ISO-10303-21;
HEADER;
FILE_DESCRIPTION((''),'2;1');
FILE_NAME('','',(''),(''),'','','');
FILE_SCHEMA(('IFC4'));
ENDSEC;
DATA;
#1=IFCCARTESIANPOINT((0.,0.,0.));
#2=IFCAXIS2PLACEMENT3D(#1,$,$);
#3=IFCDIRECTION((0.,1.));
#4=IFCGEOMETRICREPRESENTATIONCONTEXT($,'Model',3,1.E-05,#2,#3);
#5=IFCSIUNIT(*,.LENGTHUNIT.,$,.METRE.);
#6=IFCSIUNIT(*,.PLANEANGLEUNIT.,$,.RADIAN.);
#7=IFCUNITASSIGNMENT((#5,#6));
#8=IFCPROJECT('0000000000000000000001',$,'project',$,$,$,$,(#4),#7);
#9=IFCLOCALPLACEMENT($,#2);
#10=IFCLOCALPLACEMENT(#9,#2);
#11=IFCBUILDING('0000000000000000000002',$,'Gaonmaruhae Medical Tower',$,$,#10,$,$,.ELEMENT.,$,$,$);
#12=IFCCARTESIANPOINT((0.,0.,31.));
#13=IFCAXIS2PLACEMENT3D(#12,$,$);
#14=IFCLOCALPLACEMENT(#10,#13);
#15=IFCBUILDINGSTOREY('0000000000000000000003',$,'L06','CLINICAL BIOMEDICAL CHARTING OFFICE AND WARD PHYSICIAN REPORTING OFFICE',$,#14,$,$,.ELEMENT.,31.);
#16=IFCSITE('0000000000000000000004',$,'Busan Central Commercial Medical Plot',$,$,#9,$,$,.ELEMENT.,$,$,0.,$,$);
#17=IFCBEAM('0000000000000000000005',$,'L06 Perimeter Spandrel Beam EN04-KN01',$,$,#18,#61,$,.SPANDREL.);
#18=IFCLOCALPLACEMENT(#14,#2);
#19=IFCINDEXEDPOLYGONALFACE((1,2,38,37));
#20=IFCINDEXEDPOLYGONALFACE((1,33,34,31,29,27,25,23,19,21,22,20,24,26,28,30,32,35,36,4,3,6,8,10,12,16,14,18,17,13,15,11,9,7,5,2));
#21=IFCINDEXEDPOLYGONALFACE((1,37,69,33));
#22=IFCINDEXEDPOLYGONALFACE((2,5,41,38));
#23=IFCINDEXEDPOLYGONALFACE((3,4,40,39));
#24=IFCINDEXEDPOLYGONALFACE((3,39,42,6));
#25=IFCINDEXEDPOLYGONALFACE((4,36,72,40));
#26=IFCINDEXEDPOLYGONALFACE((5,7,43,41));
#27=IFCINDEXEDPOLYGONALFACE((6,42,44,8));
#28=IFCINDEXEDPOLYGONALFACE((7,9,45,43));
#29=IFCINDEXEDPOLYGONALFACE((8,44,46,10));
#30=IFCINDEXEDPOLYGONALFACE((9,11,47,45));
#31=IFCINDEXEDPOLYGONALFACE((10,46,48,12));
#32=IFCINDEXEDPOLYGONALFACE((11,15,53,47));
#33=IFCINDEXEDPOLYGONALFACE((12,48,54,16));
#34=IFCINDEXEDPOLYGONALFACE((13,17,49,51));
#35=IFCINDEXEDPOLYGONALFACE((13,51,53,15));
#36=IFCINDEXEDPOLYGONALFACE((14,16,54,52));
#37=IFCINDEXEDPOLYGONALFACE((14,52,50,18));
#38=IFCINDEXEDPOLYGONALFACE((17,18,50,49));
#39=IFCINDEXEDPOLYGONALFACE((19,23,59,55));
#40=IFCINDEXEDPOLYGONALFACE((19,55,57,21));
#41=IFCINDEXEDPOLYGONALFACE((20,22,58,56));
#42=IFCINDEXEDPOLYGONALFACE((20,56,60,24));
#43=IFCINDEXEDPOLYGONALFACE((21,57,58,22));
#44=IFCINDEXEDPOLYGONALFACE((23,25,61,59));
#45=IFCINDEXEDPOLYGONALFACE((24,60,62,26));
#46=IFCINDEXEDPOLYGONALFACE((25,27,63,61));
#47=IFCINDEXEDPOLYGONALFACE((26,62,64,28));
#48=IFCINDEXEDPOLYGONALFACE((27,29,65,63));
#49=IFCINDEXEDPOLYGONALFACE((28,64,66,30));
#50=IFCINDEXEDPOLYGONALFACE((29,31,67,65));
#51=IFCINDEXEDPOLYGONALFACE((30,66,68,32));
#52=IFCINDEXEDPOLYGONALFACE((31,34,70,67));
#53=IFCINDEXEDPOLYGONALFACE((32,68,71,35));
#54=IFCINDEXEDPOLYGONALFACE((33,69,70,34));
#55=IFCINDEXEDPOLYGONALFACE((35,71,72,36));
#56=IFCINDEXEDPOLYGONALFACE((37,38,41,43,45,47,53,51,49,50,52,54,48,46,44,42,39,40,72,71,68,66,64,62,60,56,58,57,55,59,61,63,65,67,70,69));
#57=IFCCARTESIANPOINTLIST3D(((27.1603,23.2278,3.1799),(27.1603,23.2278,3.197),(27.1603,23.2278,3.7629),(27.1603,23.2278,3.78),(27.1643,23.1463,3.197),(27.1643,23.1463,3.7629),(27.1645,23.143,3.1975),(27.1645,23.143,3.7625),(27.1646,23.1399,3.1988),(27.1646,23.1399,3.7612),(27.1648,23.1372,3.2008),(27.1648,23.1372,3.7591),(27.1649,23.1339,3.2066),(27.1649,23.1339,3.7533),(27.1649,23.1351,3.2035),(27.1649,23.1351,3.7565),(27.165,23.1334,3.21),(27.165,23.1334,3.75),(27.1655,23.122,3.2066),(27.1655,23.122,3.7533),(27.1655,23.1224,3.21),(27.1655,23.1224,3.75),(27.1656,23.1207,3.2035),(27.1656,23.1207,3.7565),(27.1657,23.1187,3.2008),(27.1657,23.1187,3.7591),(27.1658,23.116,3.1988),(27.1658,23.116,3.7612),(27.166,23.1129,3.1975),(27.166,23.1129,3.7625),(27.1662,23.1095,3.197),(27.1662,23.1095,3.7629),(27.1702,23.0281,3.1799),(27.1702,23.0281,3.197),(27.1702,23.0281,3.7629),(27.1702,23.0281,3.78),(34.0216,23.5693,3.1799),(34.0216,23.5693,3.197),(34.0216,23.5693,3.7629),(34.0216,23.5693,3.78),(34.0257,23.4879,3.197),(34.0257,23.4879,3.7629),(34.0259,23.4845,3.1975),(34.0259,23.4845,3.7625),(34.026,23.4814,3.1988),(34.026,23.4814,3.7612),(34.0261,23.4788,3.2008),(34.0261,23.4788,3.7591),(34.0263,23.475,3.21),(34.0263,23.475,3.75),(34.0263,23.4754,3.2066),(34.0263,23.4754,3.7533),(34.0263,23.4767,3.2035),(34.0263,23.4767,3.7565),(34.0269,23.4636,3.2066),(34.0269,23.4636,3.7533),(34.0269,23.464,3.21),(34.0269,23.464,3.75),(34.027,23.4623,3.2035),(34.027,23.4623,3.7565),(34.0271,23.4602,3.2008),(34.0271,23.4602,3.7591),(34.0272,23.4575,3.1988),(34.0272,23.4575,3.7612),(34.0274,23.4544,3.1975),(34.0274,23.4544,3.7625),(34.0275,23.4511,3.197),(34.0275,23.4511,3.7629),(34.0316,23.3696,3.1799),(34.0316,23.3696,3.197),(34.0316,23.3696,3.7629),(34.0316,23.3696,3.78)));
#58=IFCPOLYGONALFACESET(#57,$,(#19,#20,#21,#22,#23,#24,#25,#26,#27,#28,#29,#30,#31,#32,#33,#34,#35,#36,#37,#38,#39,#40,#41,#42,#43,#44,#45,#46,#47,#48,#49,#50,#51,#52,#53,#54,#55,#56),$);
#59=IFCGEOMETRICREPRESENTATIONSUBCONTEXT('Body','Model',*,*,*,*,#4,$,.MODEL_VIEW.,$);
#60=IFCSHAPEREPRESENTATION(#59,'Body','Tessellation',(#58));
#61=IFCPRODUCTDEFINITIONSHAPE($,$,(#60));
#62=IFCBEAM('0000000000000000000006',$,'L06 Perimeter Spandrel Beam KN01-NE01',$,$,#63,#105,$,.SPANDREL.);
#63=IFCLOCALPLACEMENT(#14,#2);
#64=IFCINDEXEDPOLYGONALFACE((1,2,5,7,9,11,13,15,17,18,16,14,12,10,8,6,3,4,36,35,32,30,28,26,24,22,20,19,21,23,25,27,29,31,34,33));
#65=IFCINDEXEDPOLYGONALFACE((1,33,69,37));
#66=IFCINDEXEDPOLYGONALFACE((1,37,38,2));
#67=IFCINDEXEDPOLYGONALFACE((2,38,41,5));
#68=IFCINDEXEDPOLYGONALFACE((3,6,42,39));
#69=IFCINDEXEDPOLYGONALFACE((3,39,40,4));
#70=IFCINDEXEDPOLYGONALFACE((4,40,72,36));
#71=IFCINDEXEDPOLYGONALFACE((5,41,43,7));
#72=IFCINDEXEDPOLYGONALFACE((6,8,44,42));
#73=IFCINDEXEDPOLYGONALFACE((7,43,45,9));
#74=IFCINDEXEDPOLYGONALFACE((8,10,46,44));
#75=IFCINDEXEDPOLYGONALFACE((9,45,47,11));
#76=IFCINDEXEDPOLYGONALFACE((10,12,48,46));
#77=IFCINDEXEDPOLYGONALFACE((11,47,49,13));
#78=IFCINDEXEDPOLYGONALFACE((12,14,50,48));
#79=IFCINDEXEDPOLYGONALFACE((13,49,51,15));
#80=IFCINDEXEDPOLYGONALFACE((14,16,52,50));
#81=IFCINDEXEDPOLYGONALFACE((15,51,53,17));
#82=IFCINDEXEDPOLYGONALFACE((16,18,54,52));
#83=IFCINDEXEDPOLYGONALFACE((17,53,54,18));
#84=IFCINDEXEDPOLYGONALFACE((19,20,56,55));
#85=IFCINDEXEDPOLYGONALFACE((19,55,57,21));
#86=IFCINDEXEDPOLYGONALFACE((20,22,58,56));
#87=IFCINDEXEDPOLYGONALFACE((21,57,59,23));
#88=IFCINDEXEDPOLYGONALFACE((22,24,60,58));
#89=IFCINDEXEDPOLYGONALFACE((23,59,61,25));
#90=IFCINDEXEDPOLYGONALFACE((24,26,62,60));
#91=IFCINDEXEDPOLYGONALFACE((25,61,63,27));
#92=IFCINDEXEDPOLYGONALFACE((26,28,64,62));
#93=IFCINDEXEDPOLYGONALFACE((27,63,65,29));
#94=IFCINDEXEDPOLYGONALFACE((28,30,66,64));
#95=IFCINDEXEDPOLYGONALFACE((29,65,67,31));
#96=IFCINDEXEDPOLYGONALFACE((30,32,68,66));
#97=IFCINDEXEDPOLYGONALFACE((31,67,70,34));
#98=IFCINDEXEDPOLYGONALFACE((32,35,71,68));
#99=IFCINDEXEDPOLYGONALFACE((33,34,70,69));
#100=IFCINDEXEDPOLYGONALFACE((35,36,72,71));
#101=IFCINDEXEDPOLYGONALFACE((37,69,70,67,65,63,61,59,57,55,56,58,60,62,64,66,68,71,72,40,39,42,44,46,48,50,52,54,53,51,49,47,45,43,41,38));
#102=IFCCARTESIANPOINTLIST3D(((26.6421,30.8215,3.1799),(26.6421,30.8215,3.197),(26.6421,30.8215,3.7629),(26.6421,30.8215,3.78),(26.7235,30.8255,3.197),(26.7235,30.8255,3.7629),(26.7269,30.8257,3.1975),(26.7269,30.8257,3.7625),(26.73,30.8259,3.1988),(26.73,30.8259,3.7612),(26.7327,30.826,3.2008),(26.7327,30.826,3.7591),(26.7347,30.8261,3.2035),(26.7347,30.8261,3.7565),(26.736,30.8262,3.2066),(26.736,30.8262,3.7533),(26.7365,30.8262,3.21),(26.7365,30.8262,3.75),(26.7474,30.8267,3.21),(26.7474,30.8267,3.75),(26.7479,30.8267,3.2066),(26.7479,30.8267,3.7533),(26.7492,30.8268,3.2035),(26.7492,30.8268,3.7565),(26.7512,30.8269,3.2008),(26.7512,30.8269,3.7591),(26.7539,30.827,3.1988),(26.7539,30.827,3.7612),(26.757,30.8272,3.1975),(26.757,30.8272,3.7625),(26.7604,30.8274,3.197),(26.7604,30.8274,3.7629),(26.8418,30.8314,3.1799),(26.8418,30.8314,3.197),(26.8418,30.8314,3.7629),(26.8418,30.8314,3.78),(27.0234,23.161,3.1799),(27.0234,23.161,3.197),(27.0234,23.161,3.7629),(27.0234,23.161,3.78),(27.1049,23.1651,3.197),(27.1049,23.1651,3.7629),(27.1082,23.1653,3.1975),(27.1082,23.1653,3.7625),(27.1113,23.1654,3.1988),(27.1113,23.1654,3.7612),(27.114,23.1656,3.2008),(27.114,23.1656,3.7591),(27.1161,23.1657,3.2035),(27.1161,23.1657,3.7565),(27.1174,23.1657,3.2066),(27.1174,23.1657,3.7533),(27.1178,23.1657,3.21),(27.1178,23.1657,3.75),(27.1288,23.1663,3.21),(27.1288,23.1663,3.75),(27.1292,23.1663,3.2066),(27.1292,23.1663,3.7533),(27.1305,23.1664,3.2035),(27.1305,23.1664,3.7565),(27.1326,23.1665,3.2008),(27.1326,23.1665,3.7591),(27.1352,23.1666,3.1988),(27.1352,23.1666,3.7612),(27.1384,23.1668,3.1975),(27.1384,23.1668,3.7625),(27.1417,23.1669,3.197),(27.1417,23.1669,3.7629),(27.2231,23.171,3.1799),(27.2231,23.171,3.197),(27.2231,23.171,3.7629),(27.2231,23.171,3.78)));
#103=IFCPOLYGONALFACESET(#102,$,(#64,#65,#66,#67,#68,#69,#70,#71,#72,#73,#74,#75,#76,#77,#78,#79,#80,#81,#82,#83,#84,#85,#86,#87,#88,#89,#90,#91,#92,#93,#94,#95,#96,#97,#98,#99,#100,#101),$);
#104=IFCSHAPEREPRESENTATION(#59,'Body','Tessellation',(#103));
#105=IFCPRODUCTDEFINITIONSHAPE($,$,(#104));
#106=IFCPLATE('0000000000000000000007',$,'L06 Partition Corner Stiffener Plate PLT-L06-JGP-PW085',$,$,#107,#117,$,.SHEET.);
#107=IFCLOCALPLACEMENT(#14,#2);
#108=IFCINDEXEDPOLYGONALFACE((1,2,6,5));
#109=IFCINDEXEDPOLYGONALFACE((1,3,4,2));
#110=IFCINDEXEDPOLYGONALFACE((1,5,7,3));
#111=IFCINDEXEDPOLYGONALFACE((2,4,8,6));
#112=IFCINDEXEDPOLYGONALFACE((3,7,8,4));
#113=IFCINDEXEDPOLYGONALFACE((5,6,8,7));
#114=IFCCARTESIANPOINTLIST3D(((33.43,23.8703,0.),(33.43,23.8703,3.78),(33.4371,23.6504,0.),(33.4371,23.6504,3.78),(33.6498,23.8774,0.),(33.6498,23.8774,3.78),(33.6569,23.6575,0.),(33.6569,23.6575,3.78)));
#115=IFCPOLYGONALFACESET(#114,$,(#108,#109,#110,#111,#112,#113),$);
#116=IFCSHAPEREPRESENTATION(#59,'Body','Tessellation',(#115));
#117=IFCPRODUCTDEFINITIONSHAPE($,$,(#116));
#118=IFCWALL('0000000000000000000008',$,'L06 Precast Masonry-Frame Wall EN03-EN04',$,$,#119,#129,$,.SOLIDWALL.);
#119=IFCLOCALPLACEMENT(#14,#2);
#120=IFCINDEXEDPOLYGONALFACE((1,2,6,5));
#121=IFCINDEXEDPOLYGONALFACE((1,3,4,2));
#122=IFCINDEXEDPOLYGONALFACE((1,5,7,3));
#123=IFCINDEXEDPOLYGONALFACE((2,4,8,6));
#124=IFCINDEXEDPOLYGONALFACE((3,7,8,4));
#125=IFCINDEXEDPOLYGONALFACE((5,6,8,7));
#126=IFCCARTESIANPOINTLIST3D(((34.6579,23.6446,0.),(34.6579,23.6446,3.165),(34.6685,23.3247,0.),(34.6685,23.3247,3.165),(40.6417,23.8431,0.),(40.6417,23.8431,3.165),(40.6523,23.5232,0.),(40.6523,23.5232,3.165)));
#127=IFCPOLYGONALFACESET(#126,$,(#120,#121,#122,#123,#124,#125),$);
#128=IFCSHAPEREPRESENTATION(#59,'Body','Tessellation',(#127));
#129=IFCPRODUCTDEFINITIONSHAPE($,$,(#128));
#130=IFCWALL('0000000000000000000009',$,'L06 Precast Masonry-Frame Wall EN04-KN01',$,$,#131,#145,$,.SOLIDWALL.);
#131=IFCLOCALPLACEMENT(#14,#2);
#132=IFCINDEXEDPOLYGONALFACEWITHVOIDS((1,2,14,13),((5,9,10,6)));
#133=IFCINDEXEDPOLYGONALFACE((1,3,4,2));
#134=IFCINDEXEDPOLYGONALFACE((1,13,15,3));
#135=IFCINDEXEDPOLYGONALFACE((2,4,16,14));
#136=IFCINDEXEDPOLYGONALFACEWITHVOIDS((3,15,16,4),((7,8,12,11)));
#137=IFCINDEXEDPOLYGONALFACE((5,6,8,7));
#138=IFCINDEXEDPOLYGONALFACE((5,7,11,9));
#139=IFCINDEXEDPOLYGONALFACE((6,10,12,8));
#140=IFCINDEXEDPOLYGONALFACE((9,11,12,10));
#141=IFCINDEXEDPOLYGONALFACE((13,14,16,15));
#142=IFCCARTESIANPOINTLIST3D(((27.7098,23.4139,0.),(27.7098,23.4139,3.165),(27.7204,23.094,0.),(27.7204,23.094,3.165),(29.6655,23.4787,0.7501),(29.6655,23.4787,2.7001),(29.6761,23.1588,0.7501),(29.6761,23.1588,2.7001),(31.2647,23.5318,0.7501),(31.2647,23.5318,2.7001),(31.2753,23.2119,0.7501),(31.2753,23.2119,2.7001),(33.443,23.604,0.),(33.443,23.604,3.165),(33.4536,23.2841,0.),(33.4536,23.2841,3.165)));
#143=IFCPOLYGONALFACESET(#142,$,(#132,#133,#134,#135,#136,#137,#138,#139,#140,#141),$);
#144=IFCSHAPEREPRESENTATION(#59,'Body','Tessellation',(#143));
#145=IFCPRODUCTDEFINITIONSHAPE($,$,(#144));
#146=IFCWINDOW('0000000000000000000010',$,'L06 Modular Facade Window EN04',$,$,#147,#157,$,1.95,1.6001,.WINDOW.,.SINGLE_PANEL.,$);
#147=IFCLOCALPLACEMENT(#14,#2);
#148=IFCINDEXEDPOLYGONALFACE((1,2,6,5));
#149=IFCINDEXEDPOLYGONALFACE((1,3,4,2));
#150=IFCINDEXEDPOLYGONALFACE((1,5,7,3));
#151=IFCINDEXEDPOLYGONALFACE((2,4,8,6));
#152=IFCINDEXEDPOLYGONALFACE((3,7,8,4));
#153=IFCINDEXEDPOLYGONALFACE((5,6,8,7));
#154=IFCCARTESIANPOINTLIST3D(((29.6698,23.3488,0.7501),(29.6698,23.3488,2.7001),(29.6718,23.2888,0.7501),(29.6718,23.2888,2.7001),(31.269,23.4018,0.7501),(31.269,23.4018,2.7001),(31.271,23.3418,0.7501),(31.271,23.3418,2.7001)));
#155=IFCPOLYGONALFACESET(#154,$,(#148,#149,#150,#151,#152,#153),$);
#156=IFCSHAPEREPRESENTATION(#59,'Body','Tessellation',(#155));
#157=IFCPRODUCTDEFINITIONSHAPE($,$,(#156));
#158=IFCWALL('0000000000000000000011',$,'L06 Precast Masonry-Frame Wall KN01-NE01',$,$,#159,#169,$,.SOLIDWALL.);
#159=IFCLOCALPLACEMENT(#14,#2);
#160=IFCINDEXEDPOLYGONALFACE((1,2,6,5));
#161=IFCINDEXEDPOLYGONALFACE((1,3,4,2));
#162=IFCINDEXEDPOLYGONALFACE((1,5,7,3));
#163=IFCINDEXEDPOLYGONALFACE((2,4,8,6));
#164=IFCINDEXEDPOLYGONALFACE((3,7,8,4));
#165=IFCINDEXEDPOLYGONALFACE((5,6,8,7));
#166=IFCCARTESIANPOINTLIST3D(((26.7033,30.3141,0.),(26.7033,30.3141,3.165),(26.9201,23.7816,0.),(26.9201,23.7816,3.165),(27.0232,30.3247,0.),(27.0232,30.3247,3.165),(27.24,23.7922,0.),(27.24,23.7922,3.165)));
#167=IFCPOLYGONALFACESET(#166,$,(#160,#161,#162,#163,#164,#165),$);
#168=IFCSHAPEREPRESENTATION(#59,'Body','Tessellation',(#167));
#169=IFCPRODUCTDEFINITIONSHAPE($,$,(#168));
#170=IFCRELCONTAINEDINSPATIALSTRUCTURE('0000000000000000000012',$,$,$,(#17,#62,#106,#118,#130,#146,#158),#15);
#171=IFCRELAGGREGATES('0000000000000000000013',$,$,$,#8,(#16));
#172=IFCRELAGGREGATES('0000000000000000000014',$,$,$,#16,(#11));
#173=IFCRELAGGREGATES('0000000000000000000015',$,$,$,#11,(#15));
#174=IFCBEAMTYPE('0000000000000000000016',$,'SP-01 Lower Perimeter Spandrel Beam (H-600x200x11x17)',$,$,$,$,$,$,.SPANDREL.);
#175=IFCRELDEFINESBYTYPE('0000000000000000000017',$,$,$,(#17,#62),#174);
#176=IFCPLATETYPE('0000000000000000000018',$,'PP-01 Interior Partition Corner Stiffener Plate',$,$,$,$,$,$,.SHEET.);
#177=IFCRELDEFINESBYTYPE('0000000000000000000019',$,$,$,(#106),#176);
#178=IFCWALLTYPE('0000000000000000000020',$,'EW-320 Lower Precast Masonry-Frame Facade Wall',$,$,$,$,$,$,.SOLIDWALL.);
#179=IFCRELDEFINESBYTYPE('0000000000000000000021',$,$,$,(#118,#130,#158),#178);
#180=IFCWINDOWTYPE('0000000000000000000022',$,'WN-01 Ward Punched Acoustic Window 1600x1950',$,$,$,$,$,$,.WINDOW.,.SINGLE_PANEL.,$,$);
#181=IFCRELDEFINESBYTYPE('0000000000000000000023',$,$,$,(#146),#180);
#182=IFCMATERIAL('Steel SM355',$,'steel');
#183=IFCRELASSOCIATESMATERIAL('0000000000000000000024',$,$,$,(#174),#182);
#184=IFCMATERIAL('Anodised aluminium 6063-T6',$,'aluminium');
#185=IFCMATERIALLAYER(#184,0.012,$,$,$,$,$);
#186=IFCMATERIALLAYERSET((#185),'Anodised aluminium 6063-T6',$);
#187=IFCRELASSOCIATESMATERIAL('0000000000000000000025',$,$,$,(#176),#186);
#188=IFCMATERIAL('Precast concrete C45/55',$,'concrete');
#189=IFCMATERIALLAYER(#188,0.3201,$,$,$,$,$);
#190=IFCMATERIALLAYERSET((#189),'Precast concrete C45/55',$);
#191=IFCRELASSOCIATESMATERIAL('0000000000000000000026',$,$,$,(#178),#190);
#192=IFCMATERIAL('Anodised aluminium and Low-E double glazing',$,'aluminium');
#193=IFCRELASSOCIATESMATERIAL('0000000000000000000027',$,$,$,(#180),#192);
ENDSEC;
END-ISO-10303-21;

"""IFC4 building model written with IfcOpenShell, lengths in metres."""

from ifc_helpers import new_model, si_unit, direction, frame, frame_2d, origin, origin_2d, place, context, subcontext, project, spatial, rectangle, i_section, extrude, material, layer, layer_set, material_profile, profile_set, type_object, element, fill, save


model = new_model("IFC4")

# Units and contexts
model_context = context("Model", 3, precision=1e-05, world=origin(), true_north=direction((0.0, 1.0)))
body_context = subcontext(model_context, "Body", "Model", "MODEL_VIEW")
ifc_project = project(units=[si_unit("LENGTHUNIT", "METRE"), si_unit("PLANEANGLEUNIT", "RADIAN")], contexts=[model_context])

# Site, building, storey
site_placement = place(None, origin())
site = spatial("IfcSite", under=ifc_project, at=site_placement, Name="Busan Central Commercial Medical Plot", CompositionType="ELEMENT", RefElevation=0.0)
building_placement = place(site_placement, origin())
building = spatial("IfcBuilding", under=site, at=building_placement, Name="Gaonmaruhae Medical Tower", CompositionType="ELEMENT")
storey_placement = place(building_placement, frame((0.0, 0.0, 31.0)))
storey = spatial("IfcBuildingStorey", under=building, at=storey_placement, Name="L06", Description="CLINICAL BIOMEDICAL CHARTING OFFICE AND WARD PHYSICIAN REPORTING OFFICE", CompositionType="ELEMENT", Elevation=31.0)

# Beams
ifc_material_1 = material(Name="Steel SM355", Category="steel")
ifc_material_profile_1 = material_profile(ifc_material_1, i_section(OverallWidth=0.2, OverallDepth=0.6001, WebThickness=0.011, FlangeThickness=0.0171, FilletRadius=0.0129, at=origin_2d()), Name="H-600x200x11x17")
ifc_profile_set_1 = profile_set([ifc_material_profile_1], Name="Steel SM355")
beam_type_1 = type_object("IfcBeamType", Name="SP-01 Lower Perimeter Spandrel Beam (H-600x200x11x17)", PredefinedType="SPANDREL", material=ifc_profile_set_1)
beam_1_placement = place(storey_placement, frame((34.0266, 23.4695, 3.48), z_axis=(-0.998763, -0.049718, 0.0), x_axis=(0.049718, -0.998763, 0.0)))
element("IfcBeam", 1, at=beam_1_placement, inside=storey, type_object=beam_type_1, Name="L06 Perimeter Spandrel Beam EN04-KN01", PredefinedType="SPANDREL", context=body_context, shape_type="SweptSolid", body=[
    extrude(i_section(OverallWidth=0.2, OverallDepth=0.6001, WebThickness=0.011, FlangeThickness=0.0171, FilletRadius=0.0129, at=origin_2d()), origin(), (0.0, 0.0, 1.0), 6.8699),
])
beam_2_placement = place(storey_placement, frame((27.1233, 23.166, 3.48), z_axis=(-0.04972, 0.998763, 0.0), x_axis=(-0.998763, -0.04972, 0.0)))
element("IfcBeam", 2, at=beam_2_placement, inside=storey, type_object=beam_type_1, Name="L06 Perimeter Spandrel Beam KN01-NE01", PredefinedType="SPANDREL", context=body_context, shape_type="SweptSolid", body=[
    extrude(i_section(OverallWidth=0.2, OverallDepth=0.6001, WebThickness=0.011, FlangeThickness=0.0171, FilletRadius=0.0129, at=origin_2d()), origin(), (0.0, 0.0, 1.0), 7.6699),
])

# Plate
ifc_material_2 = material(Name="Anodised aluminium 6063-T6", Category="aluminium")
ifc_layer_1 = layer(ifc_material_2, 0.012)
ifc_layer_set_1 = layer_set([ifc_layer_1], Name="Anodised aluminium 6063-T6")
plate_type = type_object("IfcPlateType", Name="PP-01 Interior Partition Corner Stiffener Plate", PredefinedType="SHEET", material=ifc_layer_set_1)
plate_placement = place(storey_placement, frame((33.5435, 23.7639, 0.0), z_axis=(0.0, 0.0, 1.0), x_axis=(-0.032178, 0.999482, 0.0)))
element("IfcPlate", 3, at=plate_placement, inside=storey, type_object=plate_type, Name="L06 Partition Corner Stiffener Plate PLT-L06-JGP-PW085", PredefinedType="SHEET", context=body_context, shape_type="SweptSolid", body=[
    extrude(rectangle(XDim=0.22, YDim=0.22, at=origin_2d()), origin(), (0.0, 0.0, 1.0), 3.78),
])

# Wall
ifc_material_3 = material(Name="Precast concrete C45/55", Category="concrete")
ifc_layer_2 = layer(ifc_material_3, 0.3201)
ifc_layer_set_2 = layer_set([ifc_layer_2], Name="Precast concrete C45/55")
wall_type_1 = type_object("IfcWallType", Name="EW-320 Lower Precast Masonry-Frame Facade Wall", PredefinedType="SOLIDWALL", material=ifc_layer_set_2)
wall_1_placement = place(storey_placement, frame((34.6631, 23.4846, 0.0), z_axis=(0.0, 0.0, 1.0), x_axis=(0.99945, 0.033152, 0.0)))
element("IfcWall", 4, at=wall_1_placement, inside=storey, type_object=wall_type_1, Name="L06 Precast Masonry-Frame Wall EN03-EN04", PredefinedType="SOLIDWALL", context=body_context, shape_type="SweptSolid", body=[
    extrude(rectangle(XDim=5.9871, YDim=0.3201, at=frame_2d((2.9937, 0.0))), origin(), (0.0, 0.0, 1.0), 3.165),
])

# Wall, opening, window
wall_2_placement = place(storey_placement, frame((27.7151, 23.2539, 0.0), z_axis=(0.0, 0.0, 1.0), x_axis=(0.99945, 0.033155, 0.0)))
wall_2 = element("IfcWall", 5, at=wall_2_placement, inside=storey, type_object=wall_type_1, Name="L06 Precast Masonry-Frame Wall EN04-KN01", PredefinedType="SOLIDWALL", context=body_context, shape_type="SweptSolid", body=[
    extrude(rectangle(XDim=5.7363, YDim=0.3201, at=frame_2d((2.8682, 0.0))), origin(), (0.0, 0.0, 1.0), 3.165),
])
opening_1_placement = place(wall_2_placement, frame((1.9568, 0.0, 0.75)))
opening_1 = element("IfcOpeningElement", 6, at=opening_1_placement, cuts=wall_2, PredefinedType="OPENING", context=body_context, shape_type="SweptSolid", body=[
    extrude(rectangle(XDim=1.6001, YDim=1.95, at=frame_2d((0.8, 0.9751))), frame((0.0, 0.1699, 0.0), z_axis=(0.0, -1.0, 0.0), x_axis=(1.0, 0.0, 0.0)), (0.0, 0.0, 1.0), 0.3401),
])
ifc_material_4 = material(Name="Anodised aluminium and Low-E double glazing", Category="aluminium")
window_type = type_object("IfcWindowType", Name="WN-01 Ward Punched Acoustic Window 1600x1950", PartitioningType="SINGLE_PANEL", PredefinedType="WINDOW", material=ifc_material_4)
window_placement = place(opening_1_placement, origin())
window = element("IfcWindow", 7, at=window_placement, inside=storey, type_object=window_type, Name="L06 Modular Facade Window EN04", OverallHeight=1.95, OverallWidth=1.6001, PartitioningType="SINGLE_PANEL", PredefinedType="WINDOW", context=body_context, shape_type="SweptSolid", body=[
    extrude(rectangle(XDim=1.6001, YDim=1.95, at=frame_2d((0.8, 0.9751))), frame((0.0, 0.03, 0.0), z_axis=(0.0, -1.0, 0.0), x_axis=(1.0, 0.0, 0.0)), (0.0, 0.0, 1.0), 0.0601),
])
fill(opening_1, window)

# Wall
wall_3_placement = place(storey_placement, frame((27.0801, 23.7869, 0.0), z_axis=(0.0, 0.0, 1.0), x_axis=(-0.033169, 0.99945, 0.0)))
element("IfcWall", 8, at=wall_3_placement, inside=storey, type_object=wall_type_1, Name="L06 Precast Masonry-Frame Wall KN01-NE01", PredefinedType="SOLIDWALL", context=body_context, shape_type="SweptSolid", body=[
    extrude(rectangle(XDim=6.5361, YDim=0.3201, at=frame_2d((3.2681, 0.0))), origin(), (0.0, 0.0, 1.0), 3.165),
])

save(model, "model.ifc")
